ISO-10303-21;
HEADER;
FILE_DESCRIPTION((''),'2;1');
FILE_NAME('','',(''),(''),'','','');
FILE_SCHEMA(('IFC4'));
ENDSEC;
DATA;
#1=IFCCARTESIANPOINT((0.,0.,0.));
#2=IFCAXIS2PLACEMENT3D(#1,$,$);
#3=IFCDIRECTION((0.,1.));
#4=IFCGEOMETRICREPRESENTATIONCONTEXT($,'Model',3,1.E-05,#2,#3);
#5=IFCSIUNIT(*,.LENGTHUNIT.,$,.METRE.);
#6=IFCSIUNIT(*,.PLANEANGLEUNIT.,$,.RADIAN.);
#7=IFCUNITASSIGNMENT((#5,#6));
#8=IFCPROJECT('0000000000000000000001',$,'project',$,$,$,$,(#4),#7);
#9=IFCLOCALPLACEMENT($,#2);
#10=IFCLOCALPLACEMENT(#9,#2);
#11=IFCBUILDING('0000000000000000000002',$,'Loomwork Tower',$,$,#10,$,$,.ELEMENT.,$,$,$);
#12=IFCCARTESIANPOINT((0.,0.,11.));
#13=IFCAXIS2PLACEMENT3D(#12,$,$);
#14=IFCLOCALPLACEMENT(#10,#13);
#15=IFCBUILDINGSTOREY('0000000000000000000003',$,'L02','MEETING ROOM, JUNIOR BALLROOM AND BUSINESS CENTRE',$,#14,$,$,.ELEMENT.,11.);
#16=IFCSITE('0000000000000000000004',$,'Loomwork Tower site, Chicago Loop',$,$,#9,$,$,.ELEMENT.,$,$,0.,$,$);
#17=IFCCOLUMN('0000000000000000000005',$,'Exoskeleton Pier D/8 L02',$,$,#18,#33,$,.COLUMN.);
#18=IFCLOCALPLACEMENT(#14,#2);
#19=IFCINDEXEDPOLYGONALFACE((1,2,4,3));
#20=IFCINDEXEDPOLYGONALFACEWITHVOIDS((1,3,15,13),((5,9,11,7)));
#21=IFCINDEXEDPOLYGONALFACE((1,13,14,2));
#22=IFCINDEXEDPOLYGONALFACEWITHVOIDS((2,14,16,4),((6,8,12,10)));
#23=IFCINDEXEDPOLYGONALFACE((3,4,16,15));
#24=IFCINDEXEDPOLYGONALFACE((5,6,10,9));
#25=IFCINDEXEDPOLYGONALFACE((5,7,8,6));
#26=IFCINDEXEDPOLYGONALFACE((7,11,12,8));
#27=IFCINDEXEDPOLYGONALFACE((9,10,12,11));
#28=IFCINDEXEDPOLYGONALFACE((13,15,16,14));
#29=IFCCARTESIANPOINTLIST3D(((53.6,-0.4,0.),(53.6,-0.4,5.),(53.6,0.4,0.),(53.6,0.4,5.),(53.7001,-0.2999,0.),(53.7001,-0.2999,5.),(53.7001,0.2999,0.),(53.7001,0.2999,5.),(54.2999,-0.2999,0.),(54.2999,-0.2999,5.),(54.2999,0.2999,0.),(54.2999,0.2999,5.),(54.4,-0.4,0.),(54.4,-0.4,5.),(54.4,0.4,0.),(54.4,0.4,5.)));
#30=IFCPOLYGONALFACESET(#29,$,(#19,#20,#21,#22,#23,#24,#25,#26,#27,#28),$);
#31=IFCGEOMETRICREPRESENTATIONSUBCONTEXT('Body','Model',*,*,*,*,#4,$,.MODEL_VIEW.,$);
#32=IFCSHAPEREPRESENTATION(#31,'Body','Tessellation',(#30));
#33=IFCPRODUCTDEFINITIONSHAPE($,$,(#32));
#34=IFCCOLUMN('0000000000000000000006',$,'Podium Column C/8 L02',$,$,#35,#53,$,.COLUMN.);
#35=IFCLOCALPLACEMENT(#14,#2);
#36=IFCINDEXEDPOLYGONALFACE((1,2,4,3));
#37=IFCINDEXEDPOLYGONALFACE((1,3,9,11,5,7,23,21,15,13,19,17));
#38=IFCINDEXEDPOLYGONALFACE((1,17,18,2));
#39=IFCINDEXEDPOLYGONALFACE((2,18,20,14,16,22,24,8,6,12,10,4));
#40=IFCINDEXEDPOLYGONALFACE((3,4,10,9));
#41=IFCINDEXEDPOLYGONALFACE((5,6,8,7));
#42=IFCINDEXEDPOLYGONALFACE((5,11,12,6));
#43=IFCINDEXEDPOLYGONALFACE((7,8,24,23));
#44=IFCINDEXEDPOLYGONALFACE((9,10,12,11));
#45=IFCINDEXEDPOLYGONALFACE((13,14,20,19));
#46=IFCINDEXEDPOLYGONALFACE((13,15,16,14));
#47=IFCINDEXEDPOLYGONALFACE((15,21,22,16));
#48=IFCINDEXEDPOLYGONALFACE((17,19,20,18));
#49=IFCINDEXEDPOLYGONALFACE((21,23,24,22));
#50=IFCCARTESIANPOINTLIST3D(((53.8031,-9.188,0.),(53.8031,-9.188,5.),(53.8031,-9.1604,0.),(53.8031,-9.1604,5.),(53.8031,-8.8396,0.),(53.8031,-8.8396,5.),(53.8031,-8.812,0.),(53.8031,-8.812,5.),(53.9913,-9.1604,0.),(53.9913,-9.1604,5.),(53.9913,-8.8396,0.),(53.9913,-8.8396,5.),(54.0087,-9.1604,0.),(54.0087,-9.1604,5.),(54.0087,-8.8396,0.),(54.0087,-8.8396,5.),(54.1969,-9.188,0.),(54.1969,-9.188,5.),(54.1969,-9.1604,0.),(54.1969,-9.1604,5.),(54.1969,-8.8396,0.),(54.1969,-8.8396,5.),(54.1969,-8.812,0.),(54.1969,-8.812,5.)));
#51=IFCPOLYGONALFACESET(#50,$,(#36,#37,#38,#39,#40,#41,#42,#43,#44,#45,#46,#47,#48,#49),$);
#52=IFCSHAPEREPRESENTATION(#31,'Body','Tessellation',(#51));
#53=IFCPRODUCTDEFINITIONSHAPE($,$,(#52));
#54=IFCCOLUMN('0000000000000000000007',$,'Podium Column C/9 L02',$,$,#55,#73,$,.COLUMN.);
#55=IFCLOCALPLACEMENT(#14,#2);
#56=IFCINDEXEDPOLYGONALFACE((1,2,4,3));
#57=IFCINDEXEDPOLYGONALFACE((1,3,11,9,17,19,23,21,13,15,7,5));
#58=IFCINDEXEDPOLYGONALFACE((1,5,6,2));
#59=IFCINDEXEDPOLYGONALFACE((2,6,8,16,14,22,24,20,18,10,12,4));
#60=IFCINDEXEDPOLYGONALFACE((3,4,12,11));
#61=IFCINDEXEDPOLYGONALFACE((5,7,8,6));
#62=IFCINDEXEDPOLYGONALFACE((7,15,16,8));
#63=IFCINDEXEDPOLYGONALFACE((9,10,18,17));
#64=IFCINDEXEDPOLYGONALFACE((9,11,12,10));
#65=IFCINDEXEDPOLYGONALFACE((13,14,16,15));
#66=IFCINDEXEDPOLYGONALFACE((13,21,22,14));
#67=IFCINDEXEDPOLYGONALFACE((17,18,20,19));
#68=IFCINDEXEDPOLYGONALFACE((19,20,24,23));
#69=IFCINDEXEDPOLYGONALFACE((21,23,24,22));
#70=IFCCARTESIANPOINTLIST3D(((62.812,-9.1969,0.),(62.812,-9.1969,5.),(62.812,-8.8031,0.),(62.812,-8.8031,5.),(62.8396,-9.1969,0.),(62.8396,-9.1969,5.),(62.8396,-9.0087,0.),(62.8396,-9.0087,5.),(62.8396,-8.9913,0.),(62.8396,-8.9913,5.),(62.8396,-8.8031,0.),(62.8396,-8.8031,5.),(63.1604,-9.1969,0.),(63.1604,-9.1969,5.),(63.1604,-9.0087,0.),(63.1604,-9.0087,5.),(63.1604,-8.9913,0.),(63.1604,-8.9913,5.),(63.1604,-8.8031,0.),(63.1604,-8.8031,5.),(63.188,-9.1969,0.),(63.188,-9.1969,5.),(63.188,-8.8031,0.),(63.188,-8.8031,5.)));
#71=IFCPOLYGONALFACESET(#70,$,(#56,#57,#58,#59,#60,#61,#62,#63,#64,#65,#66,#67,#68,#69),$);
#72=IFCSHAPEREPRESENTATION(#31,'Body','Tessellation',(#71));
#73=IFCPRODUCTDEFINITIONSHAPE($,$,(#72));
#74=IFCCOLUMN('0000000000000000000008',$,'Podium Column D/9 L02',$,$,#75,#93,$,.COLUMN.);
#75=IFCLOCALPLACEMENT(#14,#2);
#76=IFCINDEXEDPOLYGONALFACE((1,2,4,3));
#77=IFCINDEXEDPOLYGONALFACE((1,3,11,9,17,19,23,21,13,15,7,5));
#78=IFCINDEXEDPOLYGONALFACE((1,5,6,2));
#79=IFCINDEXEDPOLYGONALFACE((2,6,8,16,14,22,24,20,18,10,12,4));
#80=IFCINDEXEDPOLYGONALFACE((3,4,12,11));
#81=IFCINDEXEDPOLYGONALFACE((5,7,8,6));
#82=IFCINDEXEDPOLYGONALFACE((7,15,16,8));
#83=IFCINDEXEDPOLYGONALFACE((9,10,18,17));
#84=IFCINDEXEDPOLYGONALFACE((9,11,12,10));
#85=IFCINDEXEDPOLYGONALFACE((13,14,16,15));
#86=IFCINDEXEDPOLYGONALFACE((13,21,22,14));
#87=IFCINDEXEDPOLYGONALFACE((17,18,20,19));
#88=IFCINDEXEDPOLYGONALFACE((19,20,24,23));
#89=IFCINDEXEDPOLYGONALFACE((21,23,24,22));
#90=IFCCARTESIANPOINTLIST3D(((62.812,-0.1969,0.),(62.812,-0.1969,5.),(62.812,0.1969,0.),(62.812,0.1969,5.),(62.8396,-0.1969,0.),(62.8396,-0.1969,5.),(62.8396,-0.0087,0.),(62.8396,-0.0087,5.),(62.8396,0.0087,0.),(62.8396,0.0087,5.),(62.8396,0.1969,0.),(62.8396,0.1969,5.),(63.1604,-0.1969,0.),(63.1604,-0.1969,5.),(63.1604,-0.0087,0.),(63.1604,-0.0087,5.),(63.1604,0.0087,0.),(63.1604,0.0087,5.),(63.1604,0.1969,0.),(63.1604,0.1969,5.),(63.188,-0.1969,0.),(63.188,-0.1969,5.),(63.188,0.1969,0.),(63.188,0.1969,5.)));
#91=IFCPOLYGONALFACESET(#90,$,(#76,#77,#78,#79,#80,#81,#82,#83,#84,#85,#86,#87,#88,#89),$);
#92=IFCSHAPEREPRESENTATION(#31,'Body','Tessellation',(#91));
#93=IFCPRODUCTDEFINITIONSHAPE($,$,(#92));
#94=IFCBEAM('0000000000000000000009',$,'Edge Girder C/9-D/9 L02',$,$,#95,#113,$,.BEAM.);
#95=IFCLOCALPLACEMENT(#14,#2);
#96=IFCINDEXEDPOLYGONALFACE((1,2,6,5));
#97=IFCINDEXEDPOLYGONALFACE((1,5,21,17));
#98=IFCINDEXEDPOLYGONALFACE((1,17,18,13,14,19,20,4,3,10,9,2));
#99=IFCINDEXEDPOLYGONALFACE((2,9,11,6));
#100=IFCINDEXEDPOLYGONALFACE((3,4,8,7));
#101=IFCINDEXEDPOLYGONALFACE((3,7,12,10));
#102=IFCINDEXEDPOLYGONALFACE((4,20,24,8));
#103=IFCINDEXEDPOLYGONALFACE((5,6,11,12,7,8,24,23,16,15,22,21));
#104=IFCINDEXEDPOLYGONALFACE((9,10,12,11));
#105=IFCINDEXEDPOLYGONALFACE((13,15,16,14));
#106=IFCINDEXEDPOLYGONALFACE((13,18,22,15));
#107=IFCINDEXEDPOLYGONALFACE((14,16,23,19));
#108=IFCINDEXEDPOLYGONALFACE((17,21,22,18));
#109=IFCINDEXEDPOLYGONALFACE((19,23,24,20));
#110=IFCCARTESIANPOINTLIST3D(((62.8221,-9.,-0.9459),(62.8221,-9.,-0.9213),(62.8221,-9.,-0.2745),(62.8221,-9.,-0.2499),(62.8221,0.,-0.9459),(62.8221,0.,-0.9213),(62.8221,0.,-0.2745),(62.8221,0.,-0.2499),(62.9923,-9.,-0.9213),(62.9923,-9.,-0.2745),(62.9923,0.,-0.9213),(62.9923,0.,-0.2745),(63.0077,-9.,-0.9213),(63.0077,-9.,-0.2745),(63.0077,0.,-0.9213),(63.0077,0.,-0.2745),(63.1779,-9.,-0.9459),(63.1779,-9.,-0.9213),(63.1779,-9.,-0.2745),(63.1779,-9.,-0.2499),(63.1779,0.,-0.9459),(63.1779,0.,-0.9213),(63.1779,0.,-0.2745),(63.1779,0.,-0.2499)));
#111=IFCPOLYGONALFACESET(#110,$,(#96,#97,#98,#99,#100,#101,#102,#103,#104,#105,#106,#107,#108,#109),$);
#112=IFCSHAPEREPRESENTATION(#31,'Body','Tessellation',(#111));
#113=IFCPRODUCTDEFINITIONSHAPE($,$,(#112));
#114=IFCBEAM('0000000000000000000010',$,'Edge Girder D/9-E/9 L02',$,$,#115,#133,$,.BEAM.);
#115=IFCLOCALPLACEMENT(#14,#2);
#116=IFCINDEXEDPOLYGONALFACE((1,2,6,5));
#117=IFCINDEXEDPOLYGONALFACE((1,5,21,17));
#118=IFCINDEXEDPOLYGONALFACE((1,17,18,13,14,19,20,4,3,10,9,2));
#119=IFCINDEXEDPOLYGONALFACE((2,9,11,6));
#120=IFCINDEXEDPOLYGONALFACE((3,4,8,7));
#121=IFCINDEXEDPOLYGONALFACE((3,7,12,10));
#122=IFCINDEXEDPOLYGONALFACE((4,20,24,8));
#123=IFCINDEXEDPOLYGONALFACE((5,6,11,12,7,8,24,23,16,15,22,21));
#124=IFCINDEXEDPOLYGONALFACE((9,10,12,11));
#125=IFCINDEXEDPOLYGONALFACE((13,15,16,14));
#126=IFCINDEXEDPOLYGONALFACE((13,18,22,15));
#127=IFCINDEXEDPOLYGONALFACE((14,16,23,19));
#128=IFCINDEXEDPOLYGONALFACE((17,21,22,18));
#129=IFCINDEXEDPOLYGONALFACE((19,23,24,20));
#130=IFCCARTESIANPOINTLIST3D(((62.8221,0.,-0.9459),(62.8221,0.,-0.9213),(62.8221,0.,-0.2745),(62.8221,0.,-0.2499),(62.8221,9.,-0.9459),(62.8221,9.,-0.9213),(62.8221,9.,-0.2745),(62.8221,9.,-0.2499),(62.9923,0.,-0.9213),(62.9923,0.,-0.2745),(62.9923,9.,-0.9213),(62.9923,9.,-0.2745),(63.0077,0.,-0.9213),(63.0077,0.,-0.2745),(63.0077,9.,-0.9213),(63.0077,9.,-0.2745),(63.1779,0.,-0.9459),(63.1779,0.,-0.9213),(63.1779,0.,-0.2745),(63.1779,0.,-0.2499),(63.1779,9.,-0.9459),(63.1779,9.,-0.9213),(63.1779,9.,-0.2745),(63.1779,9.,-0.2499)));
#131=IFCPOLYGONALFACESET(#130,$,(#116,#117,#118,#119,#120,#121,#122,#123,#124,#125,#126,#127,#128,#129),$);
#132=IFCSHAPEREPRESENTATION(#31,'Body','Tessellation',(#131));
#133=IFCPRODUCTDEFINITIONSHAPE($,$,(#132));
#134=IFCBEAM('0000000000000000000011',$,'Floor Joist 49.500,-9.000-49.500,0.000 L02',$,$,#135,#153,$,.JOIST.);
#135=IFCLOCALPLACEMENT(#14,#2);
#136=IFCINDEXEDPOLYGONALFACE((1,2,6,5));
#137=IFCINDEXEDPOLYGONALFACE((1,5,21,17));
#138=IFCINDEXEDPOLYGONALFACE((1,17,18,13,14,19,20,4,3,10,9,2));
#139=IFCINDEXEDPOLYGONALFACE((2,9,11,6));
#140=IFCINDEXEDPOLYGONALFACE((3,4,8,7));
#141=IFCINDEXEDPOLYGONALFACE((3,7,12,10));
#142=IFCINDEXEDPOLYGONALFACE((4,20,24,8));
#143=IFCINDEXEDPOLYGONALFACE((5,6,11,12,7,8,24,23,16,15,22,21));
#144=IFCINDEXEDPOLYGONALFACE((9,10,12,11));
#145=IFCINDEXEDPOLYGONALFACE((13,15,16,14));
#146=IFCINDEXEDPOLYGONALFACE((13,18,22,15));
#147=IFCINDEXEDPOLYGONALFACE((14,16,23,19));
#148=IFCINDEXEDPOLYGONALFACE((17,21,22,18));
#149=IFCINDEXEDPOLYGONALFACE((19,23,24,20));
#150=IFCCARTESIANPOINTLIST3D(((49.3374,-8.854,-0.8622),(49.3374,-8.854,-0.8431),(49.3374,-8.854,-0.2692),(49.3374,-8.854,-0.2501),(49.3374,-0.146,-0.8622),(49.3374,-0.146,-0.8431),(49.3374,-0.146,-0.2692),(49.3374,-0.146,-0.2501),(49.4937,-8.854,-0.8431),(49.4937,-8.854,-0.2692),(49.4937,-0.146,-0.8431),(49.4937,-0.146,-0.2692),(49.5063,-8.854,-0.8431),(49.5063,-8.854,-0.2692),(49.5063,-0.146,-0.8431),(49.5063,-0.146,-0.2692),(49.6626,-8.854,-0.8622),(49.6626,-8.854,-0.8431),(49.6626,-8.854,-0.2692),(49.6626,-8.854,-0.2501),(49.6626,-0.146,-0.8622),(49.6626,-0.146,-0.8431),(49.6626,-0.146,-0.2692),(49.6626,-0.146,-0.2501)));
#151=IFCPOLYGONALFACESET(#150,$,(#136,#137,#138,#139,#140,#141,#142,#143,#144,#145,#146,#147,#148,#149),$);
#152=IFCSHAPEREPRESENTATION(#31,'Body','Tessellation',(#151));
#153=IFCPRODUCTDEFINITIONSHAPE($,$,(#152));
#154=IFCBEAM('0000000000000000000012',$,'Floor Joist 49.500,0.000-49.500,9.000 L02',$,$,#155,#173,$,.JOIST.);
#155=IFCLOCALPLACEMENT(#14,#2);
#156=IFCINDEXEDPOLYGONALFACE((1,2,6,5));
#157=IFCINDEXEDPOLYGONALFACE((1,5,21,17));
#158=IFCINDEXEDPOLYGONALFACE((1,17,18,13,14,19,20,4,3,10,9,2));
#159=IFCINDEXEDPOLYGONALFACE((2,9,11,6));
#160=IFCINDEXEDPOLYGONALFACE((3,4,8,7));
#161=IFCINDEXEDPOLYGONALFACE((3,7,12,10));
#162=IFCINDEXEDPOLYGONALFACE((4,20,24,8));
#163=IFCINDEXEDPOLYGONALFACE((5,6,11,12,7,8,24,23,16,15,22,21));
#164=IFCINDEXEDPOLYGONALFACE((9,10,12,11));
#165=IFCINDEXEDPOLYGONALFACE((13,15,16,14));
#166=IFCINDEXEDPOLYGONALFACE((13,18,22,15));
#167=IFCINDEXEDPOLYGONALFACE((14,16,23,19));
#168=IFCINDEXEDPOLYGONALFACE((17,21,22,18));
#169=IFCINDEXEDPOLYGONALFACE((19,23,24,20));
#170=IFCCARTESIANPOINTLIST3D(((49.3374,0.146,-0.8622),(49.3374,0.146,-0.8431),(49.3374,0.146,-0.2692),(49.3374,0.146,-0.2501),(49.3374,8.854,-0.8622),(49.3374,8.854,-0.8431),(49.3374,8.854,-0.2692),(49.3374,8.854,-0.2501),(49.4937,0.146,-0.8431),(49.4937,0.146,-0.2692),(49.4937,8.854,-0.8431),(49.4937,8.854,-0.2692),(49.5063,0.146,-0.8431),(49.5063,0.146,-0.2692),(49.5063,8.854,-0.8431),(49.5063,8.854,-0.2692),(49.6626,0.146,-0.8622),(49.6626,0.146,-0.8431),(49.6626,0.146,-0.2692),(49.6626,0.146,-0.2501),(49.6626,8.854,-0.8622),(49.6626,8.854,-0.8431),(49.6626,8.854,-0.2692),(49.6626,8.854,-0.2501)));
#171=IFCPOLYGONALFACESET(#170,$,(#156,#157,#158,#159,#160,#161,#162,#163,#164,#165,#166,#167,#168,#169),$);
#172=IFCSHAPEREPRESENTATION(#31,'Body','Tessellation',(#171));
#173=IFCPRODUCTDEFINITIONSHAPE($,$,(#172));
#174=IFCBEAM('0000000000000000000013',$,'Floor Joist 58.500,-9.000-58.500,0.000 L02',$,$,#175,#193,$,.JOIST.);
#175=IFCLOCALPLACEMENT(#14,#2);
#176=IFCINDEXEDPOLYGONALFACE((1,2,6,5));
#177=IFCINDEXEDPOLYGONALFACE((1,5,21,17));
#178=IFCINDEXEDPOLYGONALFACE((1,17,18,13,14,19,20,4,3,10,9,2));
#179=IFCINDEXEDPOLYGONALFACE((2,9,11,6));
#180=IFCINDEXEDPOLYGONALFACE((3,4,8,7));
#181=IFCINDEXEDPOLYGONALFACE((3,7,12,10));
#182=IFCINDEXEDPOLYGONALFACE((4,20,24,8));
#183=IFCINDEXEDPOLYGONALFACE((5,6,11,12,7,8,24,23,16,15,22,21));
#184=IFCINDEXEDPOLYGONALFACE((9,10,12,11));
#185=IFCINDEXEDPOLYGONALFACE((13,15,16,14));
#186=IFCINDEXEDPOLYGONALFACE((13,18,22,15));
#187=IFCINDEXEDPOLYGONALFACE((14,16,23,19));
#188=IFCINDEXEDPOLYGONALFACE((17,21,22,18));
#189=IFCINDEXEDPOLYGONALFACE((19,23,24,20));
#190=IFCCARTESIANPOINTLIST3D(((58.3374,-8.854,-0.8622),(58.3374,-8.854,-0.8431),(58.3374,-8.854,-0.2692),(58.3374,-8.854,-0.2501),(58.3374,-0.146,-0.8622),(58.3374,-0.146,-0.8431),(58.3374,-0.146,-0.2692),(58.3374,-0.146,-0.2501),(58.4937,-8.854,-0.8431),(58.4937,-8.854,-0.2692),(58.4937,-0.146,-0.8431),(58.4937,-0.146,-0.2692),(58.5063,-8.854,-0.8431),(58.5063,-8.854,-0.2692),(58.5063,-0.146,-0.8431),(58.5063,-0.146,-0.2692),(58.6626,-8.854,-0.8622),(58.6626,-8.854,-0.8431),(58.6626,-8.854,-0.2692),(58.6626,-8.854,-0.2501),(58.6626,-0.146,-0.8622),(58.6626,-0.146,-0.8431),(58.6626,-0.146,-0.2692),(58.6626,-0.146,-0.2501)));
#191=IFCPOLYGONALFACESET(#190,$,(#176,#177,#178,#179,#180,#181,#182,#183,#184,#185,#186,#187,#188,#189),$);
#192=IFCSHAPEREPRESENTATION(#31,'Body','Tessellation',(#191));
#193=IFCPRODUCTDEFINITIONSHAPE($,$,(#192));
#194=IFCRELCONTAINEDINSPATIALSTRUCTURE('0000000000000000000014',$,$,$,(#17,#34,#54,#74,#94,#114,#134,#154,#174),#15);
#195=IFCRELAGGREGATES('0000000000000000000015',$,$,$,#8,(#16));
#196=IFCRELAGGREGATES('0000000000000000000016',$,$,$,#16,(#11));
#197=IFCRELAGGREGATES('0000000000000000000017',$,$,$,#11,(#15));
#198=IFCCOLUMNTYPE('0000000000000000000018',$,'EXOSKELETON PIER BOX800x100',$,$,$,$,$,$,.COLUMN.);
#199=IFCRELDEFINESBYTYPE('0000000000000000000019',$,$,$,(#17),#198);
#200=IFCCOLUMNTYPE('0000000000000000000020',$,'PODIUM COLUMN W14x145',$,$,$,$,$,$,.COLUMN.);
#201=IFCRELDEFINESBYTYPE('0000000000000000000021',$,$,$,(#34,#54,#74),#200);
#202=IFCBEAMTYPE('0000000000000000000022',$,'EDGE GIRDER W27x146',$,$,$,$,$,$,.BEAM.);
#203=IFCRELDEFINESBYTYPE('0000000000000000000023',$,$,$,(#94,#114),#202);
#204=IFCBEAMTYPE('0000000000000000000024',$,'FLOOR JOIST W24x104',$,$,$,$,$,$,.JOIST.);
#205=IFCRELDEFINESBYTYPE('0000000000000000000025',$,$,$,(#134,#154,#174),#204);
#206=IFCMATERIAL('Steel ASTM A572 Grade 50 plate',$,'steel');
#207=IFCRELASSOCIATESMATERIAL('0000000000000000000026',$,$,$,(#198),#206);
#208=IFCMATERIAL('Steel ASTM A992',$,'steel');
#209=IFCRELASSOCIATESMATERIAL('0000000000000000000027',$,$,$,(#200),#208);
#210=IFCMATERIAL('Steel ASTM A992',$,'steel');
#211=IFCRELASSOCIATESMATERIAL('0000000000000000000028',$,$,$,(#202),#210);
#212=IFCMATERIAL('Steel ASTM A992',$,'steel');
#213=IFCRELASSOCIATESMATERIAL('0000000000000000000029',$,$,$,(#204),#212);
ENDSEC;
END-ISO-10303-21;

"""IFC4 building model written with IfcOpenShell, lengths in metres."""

from ifc_helpers import new_model, si_unit, direction, frame, origin, origin_2d, place, context, subcontext, project, spatial, hollow_rectangle, i_section, extrude, material, material_profile, profile_set, type_object, element, save


model = new_model("IFC4")

# Units and contexts
model_context = context("Model", 3, precision=1e-05, world=origin(), true_north=direction((0.0, 1.0)))
body_context = subcontext(model_context, "Body", "Model", "MODEL_VIEW")
ifc_project = project(units=[si_unit("LENGTHUNIT", "METRE"), si_unit("PLANEANGLEUNIT", "RADIAN")], contexts=[model_context])

# Site, building, storey
site_placement = place(None, origin())
site = spatial("IfcSite", under=ifc_project, at=site_placement, Name="Loomwork Tower site, Chicago Loop", CompositionType="ELEMENT", RefElevation=0.0)
building_placement = place(site_placement, origin())
building = spatial("IfcBuilding", under=site, at=building_placement, Name="Loomwork Tower", CompositionType="ELEMENT")
storey_placement = place(building_placement, frame((0.0, 0.0, 11.0)))
storey = spatial("IfcBuildingStorey", under=building, at=storey_placement, Name="L02", Description="MEETING ROOM, JUNIOR BALLROOM AND BUSINESS CENTRE", CompositionType="ELEMENT", Elevation=11.0)

# Columns
ifc_material_1 = material(Name="Steel ASTM A572 Grade 50 plate", Category="steel")
ifc_material_profile_1 = material_profile(ifc_material_1, hollow_rectangle(XDim=0.8, YDim=0.8, WallThickness=0.1001, at=origin_2d()), Name="BOX800x100")
ifc_profile_set_1 = profile_set([ifc_material_profile_1], Name="Steel ASTM A572 Grade 50 plate")
column_type_1 = type_object("IfcColumnType", Name="EXOSKELETON PIER BOX800x100", PredefinedType="COLUMN", material=ifc_profile_set_1)
column_placement = place(storey_placement, frame((54.0, 0.0, 0.0), z_axis=(0.0, 0.0, 1.0), x_axis=(1.0, 0.0, 0.0)))
element("IfcColumn", 1, at=column_placement, inside=storey, type_object=column_type_1, Name="Exoskeleton Pier D/8 L02", PredefinedType="COLUMN", context=body_context, shape_type="SweptSolid", body=[
    extrude(hollow_rectangle(XDim=0.8, YDim=0.8, WallThickness=0.1001, at=origin_2d()), origin(), (0.0, 0.0, 1.0), 5.0),
])
ifc_material_2 = material(Name="Steel ASTM A992", Category="steel")
ifc_material_profile_2 = material_profile(ifc_material_2, i_section(OverallWidth=0.3938, OverallDepth=0.376, WebThickness=0.0173, FlangeThickness=0.0276, at=origin_2d()), Name="W14x145")
ifc_profile_set_2 = profile_set([ifc_material_profile_2], Name="Steel ASTM A992")
column_type_2 = type_object("IfcColumnType", Name="PODIUM COLUMN W14x145", PredefinedType="COLUMN", material=ifc_profile_set_2)
for number, where, z_axis, x_axis, name in (
    (2, (54.0, -9.0, 0.0), (0.0, 0.0, 1.0), (1.0, 0.0, 0.0), "Podium Column C/8 L02"),
    (3, (63.0, -9.0, 0.0), (0.0, 0.0, 1.0), (0.0, 1.0, 0.0), "Podium Column C/9 L02"),
    (4, (63.0, 0.0, 0.0), (0.0, 0.0, 1.0), (0.0, 1.0, 0.0), "Podium Column D/9 L02"),
):
    element("IfcColumn", number, at=place(storey_placement, frame(where, z_axis=z_axis, x_axis=x_axis)), inside=storey, type_object=column_type_2, Name=name, PredefinedType="COLUMN", context=body_context, shape_type="SweptSolid", body=[
        extrude(i_section(OverallWidth=0.3938, OverallDepth=0.376, WebThickness=0.0173, FlangeThickness=0.0276, at=origin_2d()), origin(), (0.0, 0.0, 1.0), 5.0),
    ])

# Beams
ifc_material_3 = material(Name="Steel ASTM A992", Category="steel")
ifc_material_profile_3 = material_profile(ifc_material_3, i_section(OverallWidth=0.3557, OverallDepth=0.696, WebThickness=0.0154, FlangeThickness=0.0247, at=origin_2d()), Name="W27x146")
ifc_profile_set_3 = profile_set([ifc_material_profile_3], Name="Steel ASTM A992")
beam_type_1 = type_object("IfcBeamType", Name="EDGE GIRDER W27x146", PredefinedType="BEAM", material=ifc_profile_set_3)
for number, where, z_axis, x_axis, name in (
    (5, (63.0, -9.0, -0.5979), (0.0, 1.0, 0.0), (-1.0, 0.0, 0.0), "Edge Girder C/9-D/9 L02"),
    (6, (63.0, 0.0, -0.5979), (0.0, 1.0, 0.0), (-1.0, 0.0, 0.0), "Edge Girder D/9-E/9 L02"),
):
    element("IfcBeam", number, at=place(storey_placement, frame(where, z_axis=z_axis, x_axis=x_axis)), inside=storey, type_object=beam_type_1, Name=name, PredefinedType="BEAM", context=body_context, shape_type="SweptSolid", body=[
        extrude(i_section(OverallWidth=0.3557, OverallDepth=0.696, WebThickness=0.0154, FlangeThickness=0.0247, at=origin_2d()), origin(), (0.0, 0.0, 1.0), 9.0),
    ])
ifc_material_4 = material(Name="Steel ASTM A992", Category="steel")
ifc_material_profile_4 = material_profile(ifc_material_4, i_section(OverallWidth=0.3252, OverallDepth=0.6121, WebThickness=0.0127, FlangeThickness=0.019, at=origin_2d()), Name="W24x104")
ifc_profile_set_4 = profile_set([ifc_material_profile_4], Name="Steel ASTM A992")
beam_type_2 = type_object("IfcBeamType", Name="FLOOR JOIST W24x104", PredefinedType="JOIST", material=ifc_profile_set_4)
for number, where, z_axis, x_axis, name in (
    (7, (49.5, -8.854, -0.5562), (0.0, 1.0, 0.0), (-1.0, 0.0, 0.0), "Floor Joist 49.500,-9.000-49.500,0.000 L02"),
    (8, (49.5, 0.146, -0.5562), (0.0, 1.0, 0.0), (-1.0, 0.0, 0.0), "Floor Joist 49.500,0.000-49.500,9.000 L02"),
    (9, (58.5, -8.854, -0.5562), (0.0, 1.0, 0.0), (-1.0, 0.0, 0.0), "Floor Joist 58.500,-9.000-58.500,0.000 L02"),
):
    element("IfcBeam", number, at=place(storey_placement, frame(where, z_axis=z_axis, x_axis=x_axis)), inside=storey, type_object=beam_type_2, Name=name, PredefinedType="JOIST", context=body_context, shape_type="SweptSolid", body=[
        extrude(i_section(OverallWidth=0.3252, OverallDepth=0.6121, WebThickness=0.0127, FlangeThickness=0.019, at=origin_2d()), origin(), (0.0, 0.0, 1.0), 8.708),
    ])

save(model, "model.ifc")
